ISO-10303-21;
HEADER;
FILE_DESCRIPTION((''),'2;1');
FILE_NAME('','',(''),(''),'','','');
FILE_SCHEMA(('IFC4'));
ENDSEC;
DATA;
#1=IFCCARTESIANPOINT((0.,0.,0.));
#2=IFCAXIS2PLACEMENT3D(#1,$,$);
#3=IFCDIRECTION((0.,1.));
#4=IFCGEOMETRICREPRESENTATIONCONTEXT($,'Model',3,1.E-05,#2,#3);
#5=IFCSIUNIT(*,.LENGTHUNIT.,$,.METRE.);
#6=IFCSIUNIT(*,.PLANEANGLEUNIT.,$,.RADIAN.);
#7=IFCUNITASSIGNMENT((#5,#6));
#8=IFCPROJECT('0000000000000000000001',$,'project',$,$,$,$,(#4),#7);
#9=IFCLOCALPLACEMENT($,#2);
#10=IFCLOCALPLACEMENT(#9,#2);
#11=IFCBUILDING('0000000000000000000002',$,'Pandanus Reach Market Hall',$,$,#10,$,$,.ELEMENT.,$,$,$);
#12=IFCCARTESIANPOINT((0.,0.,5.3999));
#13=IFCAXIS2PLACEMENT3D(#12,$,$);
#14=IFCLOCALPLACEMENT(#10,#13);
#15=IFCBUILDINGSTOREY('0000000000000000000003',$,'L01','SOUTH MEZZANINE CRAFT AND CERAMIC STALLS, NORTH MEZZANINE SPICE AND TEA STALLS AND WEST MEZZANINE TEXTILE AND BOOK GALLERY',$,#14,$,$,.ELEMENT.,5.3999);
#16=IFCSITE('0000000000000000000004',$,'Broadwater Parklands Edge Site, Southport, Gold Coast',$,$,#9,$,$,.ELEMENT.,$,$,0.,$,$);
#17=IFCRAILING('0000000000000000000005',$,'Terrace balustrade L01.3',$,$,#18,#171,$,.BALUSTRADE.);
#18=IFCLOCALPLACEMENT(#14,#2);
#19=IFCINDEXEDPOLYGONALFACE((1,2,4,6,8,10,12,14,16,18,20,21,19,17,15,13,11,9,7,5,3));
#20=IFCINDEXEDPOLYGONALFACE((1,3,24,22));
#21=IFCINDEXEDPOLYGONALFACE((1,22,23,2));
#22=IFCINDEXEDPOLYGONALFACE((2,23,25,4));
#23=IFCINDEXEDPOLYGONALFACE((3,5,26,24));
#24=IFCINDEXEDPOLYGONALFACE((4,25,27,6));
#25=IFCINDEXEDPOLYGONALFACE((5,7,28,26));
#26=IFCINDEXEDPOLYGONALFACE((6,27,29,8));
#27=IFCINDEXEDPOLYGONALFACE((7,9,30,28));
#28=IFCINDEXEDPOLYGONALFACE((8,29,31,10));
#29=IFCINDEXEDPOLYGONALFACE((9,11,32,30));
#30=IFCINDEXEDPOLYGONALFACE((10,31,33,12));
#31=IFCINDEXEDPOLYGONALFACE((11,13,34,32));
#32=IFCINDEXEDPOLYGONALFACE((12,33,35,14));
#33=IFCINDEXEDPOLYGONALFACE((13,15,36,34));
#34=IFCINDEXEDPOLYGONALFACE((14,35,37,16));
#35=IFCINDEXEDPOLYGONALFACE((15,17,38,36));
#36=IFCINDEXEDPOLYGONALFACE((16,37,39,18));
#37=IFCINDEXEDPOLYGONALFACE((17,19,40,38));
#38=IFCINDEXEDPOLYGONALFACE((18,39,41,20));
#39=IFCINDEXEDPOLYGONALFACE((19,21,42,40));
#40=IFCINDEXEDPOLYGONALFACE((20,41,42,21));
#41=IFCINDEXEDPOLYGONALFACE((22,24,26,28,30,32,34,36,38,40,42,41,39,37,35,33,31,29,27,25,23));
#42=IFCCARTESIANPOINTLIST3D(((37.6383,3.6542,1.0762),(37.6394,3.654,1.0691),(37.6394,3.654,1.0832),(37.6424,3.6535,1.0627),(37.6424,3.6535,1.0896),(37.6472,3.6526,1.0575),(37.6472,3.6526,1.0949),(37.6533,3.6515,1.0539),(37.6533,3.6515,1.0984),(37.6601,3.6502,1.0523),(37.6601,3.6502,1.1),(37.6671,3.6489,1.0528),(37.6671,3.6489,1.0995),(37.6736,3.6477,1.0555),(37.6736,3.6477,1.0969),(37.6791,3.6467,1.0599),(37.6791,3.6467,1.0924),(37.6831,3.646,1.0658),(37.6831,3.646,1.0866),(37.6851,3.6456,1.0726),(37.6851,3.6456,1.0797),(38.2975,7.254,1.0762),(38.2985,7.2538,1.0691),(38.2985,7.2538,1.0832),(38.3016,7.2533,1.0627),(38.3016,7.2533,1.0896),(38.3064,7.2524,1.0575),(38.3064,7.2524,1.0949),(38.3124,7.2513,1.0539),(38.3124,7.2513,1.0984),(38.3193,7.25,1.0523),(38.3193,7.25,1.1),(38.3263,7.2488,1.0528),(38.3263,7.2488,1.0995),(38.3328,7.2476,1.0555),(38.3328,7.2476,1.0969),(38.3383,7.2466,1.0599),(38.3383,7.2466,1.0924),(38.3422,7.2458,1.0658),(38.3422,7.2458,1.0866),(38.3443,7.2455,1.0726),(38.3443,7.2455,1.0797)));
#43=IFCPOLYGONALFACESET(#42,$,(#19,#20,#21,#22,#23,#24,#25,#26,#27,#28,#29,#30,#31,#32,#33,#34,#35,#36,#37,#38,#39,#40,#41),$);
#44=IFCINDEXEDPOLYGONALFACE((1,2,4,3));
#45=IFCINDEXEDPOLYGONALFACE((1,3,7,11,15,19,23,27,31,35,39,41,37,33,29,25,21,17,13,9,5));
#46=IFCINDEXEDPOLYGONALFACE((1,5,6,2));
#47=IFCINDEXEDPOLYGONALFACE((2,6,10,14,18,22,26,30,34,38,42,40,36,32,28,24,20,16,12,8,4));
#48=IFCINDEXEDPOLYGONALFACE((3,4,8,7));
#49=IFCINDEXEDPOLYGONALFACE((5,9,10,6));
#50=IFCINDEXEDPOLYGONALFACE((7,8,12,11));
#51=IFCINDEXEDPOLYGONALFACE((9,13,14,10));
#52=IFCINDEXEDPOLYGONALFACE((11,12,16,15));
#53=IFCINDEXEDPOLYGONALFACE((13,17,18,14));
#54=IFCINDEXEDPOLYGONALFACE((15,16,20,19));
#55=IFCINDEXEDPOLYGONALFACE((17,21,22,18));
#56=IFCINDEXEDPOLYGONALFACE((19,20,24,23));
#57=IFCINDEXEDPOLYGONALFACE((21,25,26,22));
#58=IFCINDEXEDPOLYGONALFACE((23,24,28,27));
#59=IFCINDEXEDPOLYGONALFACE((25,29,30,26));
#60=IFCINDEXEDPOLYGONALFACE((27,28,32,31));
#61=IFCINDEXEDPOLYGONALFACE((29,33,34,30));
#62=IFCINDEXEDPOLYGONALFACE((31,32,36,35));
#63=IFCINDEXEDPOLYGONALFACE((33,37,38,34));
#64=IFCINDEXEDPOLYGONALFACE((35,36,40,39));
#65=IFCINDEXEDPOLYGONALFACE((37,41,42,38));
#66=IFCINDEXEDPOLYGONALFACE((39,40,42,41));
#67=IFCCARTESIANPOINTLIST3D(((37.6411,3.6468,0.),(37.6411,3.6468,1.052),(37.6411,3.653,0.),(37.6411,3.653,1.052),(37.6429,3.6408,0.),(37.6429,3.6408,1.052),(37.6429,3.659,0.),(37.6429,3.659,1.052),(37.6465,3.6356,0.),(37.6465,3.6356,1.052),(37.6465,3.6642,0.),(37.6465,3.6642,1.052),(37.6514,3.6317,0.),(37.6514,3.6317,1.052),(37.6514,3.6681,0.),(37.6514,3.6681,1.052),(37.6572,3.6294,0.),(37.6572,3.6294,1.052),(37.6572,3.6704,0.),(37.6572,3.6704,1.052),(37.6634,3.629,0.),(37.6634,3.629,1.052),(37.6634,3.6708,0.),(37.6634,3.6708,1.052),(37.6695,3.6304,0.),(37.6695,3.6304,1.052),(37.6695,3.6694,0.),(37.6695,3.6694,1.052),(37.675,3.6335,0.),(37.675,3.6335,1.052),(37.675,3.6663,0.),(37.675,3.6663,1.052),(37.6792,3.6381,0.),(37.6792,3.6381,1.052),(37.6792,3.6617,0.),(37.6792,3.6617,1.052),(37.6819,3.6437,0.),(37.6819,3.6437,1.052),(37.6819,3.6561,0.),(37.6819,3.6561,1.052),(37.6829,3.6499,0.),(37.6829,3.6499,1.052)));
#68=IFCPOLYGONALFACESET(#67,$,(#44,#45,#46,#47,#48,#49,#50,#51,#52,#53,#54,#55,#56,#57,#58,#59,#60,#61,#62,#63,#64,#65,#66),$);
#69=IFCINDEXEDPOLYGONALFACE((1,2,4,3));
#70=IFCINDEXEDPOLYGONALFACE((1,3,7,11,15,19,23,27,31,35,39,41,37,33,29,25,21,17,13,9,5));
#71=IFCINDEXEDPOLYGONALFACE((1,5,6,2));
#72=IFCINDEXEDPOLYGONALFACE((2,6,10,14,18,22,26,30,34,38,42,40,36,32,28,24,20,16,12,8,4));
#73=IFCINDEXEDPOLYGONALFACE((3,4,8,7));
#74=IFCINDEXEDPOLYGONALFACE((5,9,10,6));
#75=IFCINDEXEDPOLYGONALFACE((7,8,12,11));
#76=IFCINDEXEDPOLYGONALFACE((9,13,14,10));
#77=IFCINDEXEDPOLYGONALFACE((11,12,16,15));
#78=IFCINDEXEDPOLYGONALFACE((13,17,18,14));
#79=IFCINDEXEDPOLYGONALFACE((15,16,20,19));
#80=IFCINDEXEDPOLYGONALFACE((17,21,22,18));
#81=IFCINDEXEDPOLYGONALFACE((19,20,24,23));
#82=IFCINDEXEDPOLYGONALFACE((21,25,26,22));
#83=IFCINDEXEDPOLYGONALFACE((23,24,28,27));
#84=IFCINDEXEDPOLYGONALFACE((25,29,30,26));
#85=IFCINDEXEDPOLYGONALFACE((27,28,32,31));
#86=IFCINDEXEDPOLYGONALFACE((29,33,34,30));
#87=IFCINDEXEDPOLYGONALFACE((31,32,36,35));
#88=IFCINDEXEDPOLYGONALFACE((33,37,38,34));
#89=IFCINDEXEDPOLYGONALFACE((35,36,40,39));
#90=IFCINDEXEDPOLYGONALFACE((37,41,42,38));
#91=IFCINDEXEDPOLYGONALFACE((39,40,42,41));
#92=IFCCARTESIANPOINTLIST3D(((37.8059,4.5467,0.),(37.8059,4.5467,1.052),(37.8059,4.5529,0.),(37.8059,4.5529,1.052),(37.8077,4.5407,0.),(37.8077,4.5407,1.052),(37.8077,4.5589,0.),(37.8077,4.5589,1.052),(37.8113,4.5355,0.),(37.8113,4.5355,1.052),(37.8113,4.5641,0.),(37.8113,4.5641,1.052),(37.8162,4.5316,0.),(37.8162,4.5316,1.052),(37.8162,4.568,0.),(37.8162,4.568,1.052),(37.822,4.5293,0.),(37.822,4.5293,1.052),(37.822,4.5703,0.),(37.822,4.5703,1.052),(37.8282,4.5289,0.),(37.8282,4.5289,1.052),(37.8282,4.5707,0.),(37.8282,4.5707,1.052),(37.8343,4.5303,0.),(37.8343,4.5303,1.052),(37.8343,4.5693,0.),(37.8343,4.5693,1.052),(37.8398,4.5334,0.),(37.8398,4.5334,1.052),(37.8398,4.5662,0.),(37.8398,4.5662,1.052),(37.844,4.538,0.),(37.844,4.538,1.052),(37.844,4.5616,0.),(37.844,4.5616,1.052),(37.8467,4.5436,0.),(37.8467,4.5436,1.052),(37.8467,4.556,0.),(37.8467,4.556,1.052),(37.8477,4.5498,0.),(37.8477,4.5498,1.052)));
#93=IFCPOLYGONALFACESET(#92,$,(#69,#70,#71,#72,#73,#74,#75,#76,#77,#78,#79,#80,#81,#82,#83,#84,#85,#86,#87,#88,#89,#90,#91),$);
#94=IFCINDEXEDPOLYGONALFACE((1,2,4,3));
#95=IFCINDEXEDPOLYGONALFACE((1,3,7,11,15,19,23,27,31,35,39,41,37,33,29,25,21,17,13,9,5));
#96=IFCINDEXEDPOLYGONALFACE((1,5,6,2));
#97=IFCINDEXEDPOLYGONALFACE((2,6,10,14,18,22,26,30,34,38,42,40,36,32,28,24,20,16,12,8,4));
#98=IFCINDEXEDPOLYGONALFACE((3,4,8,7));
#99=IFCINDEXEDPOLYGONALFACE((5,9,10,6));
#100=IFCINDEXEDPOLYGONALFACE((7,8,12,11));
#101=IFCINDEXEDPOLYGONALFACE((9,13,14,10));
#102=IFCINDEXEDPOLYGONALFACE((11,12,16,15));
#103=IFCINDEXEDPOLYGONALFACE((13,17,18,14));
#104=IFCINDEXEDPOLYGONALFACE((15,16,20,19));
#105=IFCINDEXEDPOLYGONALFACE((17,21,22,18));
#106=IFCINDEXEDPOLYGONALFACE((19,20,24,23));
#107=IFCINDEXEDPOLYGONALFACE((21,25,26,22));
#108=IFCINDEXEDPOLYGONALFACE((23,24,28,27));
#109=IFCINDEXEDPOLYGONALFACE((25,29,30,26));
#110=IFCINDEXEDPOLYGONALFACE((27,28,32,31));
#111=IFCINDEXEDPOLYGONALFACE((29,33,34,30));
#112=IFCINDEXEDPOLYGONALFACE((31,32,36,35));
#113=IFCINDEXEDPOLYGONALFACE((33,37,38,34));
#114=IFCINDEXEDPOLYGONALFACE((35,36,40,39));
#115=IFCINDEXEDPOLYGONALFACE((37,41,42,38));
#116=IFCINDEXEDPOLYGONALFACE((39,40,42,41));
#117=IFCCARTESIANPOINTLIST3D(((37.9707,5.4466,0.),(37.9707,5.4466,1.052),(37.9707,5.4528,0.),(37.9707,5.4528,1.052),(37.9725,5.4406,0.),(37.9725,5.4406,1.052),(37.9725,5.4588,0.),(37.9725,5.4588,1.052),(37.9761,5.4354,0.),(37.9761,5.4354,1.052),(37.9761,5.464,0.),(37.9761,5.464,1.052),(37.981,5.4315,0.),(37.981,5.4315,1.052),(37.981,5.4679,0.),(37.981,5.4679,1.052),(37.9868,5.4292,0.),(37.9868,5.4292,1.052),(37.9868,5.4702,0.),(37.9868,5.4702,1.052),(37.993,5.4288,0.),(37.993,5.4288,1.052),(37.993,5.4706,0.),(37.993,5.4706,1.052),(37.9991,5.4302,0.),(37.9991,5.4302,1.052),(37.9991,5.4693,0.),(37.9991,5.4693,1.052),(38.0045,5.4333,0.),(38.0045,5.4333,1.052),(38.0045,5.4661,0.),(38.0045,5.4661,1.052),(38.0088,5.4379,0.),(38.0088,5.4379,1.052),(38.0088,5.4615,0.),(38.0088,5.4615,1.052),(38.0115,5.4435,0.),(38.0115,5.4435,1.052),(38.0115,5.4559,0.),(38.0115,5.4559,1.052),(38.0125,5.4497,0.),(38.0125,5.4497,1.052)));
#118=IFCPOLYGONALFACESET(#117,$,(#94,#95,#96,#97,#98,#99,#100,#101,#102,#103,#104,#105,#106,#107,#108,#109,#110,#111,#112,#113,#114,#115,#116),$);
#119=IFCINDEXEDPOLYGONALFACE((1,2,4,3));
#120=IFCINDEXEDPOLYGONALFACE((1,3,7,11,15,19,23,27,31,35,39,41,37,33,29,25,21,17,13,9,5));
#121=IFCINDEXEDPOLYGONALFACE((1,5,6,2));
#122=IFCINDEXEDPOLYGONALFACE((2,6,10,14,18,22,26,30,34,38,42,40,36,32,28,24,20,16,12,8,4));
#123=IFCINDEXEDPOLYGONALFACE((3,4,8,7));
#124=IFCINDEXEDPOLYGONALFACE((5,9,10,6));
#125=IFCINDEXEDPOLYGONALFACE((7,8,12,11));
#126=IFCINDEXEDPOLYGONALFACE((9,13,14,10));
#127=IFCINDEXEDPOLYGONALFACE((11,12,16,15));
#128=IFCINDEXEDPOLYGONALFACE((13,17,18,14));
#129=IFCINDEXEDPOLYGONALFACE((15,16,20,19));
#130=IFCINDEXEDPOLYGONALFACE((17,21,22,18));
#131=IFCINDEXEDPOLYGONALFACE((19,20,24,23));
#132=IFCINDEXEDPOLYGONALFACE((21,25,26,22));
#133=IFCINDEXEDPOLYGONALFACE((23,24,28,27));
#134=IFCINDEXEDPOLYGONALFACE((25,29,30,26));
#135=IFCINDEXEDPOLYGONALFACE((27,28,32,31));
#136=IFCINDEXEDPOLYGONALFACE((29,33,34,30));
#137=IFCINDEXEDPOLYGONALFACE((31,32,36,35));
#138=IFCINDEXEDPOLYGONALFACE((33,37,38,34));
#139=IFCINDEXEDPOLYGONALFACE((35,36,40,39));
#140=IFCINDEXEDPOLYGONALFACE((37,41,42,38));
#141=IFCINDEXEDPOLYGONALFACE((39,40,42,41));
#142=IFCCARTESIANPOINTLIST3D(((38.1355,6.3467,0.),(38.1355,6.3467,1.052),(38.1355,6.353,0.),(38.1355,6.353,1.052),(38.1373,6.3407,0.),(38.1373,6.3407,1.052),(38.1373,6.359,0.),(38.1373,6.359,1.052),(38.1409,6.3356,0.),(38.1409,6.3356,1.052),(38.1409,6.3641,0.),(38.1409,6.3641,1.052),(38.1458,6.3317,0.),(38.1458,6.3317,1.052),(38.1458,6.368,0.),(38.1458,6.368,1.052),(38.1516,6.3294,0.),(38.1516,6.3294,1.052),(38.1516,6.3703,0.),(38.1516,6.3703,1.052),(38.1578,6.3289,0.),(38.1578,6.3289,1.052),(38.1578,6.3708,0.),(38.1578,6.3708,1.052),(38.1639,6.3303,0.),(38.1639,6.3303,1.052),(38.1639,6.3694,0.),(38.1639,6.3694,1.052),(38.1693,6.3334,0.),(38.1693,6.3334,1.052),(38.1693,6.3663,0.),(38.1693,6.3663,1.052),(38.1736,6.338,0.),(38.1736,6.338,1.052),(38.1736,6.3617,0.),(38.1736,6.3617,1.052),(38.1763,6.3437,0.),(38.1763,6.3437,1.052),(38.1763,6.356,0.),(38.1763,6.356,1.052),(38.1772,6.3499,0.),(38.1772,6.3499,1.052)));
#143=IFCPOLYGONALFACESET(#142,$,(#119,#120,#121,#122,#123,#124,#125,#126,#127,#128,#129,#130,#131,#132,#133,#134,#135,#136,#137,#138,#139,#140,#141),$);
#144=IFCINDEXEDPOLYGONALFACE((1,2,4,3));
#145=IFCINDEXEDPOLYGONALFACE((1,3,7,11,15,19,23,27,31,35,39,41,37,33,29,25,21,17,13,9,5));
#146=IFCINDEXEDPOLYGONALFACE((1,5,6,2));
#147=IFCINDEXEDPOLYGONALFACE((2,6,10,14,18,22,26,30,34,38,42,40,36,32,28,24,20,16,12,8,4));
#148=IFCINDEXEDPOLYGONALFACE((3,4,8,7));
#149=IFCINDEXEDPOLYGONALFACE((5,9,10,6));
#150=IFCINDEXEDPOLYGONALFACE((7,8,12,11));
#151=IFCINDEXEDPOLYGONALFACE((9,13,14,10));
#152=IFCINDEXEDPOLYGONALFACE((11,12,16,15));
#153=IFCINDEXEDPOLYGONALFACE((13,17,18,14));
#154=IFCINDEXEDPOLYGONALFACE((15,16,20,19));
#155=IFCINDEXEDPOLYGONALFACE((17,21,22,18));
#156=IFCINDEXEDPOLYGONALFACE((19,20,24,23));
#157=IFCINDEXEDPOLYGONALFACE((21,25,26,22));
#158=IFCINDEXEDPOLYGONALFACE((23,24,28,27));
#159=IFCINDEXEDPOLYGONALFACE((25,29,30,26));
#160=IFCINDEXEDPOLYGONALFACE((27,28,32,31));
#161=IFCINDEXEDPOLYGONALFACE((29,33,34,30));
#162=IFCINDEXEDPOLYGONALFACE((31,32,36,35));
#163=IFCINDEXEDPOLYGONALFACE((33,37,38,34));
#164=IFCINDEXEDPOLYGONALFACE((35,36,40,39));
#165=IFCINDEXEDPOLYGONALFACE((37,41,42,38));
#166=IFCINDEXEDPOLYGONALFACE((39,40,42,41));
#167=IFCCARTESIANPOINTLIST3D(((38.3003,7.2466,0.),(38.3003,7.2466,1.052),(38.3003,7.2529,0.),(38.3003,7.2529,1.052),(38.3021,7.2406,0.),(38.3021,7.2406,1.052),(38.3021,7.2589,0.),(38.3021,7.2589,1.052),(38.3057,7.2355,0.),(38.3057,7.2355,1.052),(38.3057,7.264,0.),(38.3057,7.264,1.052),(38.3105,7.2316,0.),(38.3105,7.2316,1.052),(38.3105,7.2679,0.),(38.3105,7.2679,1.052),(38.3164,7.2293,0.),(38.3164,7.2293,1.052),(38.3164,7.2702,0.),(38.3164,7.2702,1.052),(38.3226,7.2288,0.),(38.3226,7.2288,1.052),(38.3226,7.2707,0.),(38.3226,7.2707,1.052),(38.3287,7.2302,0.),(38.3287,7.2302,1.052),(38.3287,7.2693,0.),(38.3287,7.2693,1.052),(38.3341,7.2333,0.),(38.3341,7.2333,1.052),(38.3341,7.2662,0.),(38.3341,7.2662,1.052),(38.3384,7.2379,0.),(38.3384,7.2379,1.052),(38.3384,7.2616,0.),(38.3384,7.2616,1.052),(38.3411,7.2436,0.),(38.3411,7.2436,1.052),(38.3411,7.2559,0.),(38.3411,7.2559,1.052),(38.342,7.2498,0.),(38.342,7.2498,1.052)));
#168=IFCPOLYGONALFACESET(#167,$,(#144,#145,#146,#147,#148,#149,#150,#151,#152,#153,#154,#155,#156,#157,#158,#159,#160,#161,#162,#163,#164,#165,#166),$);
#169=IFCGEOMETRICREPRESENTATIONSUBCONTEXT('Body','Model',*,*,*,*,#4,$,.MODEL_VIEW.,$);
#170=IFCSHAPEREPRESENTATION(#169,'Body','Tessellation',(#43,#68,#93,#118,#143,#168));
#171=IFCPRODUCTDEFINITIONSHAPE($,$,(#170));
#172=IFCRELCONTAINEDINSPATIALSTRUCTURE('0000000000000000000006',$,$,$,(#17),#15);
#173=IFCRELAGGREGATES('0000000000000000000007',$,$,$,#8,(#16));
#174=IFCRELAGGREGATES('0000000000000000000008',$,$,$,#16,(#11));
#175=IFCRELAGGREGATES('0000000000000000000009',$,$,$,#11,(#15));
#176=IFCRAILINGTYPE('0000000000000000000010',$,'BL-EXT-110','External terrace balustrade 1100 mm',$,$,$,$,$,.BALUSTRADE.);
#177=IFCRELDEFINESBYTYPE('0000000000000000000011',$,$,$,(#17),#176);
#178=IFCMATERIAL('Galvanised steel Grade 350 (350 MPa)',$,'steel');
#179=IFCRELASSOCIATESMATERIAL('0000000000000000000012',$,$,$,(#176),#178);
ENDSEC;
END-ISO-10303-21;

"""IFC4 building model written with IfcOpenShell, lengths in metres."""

from ifc_helpers import new_model, si_unit, direction, frame, origin, origin_2d, place, context, subcontext, project, spatial, circle, extrude, material, type_object, element, save


model = new_model("IFC4")

# Units and contexts
model_context = context("Model", 3, precision=1e-05, world=origin(), true_north=direction((0.0, 1.0)))
body_context = subcontext(model_context, "Body", "Model", "MODEL_VIEW")
ifc_project = project(units=[si_unit("LENGTHUNIT", "METRE"), si_unit("PLANEANGLEUNIT", "RADIAN")], contexts=[model_context])

# Site, building, storey
site_placement = place(None, origin())
site = spatial("IfcSite", under=ifc_project, at=site_placement, Name="Broadwater Parklands Edge Site, Southport, Gold Coast", CompositionType="ELEMENT", RefElevation=0.0)
building_placement = place(site_placement, origin())
building = spatial("IfcBuilding", under=site, at=building_placement, Name="Pandanus Reach Market Hall", CompositionType="ELEMENT")
storey_placement = place(building_placement, frame((0.0, 0.0, 5.3999)))
storey = spatial("IfcBuildingStorey", under=building, at=storey_placement, Name="L01", Description="SOUTH MEZZANINE CRAFT AND CERAMIC STALLS, NORTH MEZZANINE SPICE AND TEA STALLS AND WEST MEZZANINE TEXTILE AND BOOK GALLERY", CompositionType="ELEMENT", Elevation=5.3999)

# Railing
ifc_material_1 = material(Name="Galvanised steel Grade 350 (350 MPa)", Category="steel")
railing_type = type_object("IfcRailingType", Name="BL-EXT-110", Description="External terrace balustrade 1100 mm", PredefinedType="BALUSTRADE", material=ifc_material_1)
railing_1_placement = place(storey_placement, frame((37.6619, 3.6499, 0.0)))
element("IfcRailing", 1, at=railing_1_placement, inside=storey, type_object=railing_type, Name="Terrace balustrade L01.3", PredefinedType="BALUSTRADE", context=body_context, shape_type="SweptSolid", body=[
    extrude(circle(Radius=0.0239, at=origin_2d()), frame((0.0, 0.0, 1.0762), z_axis=(0.180118, 0.983645, 0.0), x_axis=(-0.983645, 0.180118, 0.0)), (0.0, 0.0, 1.0), 3.6597),
    extrude(circle(Radius=0.021, at=origin_2d()), origin(), (0.0, 0.0, 1.0), 1.052),
    extrude(circle(Radius=0.021, at=origin_2d()), frame((0.1648, 0.8999, 0.0)), (0.0, 0.0, 1.0), 1.052),
    extrude(circle(Radius=0.021, at=origin_2d()), frame((0.3296, 1.7998, 0.0)), (0.0, 0.0, 1.0), 1.052),
    extrude(circle(Radius=0.021, at=origin_2d()), frame((0.4944, 2.7, 0.0)), (0.0, 0.0, 1.0), 1.052),
    extrude(circle(Radius=0.021, at=origin_2d()), frame((0.6592, 3.5999, 0.0)), (0.0, 0.0, 1.0), 1.052),
])

save(model, "model.ifc")
